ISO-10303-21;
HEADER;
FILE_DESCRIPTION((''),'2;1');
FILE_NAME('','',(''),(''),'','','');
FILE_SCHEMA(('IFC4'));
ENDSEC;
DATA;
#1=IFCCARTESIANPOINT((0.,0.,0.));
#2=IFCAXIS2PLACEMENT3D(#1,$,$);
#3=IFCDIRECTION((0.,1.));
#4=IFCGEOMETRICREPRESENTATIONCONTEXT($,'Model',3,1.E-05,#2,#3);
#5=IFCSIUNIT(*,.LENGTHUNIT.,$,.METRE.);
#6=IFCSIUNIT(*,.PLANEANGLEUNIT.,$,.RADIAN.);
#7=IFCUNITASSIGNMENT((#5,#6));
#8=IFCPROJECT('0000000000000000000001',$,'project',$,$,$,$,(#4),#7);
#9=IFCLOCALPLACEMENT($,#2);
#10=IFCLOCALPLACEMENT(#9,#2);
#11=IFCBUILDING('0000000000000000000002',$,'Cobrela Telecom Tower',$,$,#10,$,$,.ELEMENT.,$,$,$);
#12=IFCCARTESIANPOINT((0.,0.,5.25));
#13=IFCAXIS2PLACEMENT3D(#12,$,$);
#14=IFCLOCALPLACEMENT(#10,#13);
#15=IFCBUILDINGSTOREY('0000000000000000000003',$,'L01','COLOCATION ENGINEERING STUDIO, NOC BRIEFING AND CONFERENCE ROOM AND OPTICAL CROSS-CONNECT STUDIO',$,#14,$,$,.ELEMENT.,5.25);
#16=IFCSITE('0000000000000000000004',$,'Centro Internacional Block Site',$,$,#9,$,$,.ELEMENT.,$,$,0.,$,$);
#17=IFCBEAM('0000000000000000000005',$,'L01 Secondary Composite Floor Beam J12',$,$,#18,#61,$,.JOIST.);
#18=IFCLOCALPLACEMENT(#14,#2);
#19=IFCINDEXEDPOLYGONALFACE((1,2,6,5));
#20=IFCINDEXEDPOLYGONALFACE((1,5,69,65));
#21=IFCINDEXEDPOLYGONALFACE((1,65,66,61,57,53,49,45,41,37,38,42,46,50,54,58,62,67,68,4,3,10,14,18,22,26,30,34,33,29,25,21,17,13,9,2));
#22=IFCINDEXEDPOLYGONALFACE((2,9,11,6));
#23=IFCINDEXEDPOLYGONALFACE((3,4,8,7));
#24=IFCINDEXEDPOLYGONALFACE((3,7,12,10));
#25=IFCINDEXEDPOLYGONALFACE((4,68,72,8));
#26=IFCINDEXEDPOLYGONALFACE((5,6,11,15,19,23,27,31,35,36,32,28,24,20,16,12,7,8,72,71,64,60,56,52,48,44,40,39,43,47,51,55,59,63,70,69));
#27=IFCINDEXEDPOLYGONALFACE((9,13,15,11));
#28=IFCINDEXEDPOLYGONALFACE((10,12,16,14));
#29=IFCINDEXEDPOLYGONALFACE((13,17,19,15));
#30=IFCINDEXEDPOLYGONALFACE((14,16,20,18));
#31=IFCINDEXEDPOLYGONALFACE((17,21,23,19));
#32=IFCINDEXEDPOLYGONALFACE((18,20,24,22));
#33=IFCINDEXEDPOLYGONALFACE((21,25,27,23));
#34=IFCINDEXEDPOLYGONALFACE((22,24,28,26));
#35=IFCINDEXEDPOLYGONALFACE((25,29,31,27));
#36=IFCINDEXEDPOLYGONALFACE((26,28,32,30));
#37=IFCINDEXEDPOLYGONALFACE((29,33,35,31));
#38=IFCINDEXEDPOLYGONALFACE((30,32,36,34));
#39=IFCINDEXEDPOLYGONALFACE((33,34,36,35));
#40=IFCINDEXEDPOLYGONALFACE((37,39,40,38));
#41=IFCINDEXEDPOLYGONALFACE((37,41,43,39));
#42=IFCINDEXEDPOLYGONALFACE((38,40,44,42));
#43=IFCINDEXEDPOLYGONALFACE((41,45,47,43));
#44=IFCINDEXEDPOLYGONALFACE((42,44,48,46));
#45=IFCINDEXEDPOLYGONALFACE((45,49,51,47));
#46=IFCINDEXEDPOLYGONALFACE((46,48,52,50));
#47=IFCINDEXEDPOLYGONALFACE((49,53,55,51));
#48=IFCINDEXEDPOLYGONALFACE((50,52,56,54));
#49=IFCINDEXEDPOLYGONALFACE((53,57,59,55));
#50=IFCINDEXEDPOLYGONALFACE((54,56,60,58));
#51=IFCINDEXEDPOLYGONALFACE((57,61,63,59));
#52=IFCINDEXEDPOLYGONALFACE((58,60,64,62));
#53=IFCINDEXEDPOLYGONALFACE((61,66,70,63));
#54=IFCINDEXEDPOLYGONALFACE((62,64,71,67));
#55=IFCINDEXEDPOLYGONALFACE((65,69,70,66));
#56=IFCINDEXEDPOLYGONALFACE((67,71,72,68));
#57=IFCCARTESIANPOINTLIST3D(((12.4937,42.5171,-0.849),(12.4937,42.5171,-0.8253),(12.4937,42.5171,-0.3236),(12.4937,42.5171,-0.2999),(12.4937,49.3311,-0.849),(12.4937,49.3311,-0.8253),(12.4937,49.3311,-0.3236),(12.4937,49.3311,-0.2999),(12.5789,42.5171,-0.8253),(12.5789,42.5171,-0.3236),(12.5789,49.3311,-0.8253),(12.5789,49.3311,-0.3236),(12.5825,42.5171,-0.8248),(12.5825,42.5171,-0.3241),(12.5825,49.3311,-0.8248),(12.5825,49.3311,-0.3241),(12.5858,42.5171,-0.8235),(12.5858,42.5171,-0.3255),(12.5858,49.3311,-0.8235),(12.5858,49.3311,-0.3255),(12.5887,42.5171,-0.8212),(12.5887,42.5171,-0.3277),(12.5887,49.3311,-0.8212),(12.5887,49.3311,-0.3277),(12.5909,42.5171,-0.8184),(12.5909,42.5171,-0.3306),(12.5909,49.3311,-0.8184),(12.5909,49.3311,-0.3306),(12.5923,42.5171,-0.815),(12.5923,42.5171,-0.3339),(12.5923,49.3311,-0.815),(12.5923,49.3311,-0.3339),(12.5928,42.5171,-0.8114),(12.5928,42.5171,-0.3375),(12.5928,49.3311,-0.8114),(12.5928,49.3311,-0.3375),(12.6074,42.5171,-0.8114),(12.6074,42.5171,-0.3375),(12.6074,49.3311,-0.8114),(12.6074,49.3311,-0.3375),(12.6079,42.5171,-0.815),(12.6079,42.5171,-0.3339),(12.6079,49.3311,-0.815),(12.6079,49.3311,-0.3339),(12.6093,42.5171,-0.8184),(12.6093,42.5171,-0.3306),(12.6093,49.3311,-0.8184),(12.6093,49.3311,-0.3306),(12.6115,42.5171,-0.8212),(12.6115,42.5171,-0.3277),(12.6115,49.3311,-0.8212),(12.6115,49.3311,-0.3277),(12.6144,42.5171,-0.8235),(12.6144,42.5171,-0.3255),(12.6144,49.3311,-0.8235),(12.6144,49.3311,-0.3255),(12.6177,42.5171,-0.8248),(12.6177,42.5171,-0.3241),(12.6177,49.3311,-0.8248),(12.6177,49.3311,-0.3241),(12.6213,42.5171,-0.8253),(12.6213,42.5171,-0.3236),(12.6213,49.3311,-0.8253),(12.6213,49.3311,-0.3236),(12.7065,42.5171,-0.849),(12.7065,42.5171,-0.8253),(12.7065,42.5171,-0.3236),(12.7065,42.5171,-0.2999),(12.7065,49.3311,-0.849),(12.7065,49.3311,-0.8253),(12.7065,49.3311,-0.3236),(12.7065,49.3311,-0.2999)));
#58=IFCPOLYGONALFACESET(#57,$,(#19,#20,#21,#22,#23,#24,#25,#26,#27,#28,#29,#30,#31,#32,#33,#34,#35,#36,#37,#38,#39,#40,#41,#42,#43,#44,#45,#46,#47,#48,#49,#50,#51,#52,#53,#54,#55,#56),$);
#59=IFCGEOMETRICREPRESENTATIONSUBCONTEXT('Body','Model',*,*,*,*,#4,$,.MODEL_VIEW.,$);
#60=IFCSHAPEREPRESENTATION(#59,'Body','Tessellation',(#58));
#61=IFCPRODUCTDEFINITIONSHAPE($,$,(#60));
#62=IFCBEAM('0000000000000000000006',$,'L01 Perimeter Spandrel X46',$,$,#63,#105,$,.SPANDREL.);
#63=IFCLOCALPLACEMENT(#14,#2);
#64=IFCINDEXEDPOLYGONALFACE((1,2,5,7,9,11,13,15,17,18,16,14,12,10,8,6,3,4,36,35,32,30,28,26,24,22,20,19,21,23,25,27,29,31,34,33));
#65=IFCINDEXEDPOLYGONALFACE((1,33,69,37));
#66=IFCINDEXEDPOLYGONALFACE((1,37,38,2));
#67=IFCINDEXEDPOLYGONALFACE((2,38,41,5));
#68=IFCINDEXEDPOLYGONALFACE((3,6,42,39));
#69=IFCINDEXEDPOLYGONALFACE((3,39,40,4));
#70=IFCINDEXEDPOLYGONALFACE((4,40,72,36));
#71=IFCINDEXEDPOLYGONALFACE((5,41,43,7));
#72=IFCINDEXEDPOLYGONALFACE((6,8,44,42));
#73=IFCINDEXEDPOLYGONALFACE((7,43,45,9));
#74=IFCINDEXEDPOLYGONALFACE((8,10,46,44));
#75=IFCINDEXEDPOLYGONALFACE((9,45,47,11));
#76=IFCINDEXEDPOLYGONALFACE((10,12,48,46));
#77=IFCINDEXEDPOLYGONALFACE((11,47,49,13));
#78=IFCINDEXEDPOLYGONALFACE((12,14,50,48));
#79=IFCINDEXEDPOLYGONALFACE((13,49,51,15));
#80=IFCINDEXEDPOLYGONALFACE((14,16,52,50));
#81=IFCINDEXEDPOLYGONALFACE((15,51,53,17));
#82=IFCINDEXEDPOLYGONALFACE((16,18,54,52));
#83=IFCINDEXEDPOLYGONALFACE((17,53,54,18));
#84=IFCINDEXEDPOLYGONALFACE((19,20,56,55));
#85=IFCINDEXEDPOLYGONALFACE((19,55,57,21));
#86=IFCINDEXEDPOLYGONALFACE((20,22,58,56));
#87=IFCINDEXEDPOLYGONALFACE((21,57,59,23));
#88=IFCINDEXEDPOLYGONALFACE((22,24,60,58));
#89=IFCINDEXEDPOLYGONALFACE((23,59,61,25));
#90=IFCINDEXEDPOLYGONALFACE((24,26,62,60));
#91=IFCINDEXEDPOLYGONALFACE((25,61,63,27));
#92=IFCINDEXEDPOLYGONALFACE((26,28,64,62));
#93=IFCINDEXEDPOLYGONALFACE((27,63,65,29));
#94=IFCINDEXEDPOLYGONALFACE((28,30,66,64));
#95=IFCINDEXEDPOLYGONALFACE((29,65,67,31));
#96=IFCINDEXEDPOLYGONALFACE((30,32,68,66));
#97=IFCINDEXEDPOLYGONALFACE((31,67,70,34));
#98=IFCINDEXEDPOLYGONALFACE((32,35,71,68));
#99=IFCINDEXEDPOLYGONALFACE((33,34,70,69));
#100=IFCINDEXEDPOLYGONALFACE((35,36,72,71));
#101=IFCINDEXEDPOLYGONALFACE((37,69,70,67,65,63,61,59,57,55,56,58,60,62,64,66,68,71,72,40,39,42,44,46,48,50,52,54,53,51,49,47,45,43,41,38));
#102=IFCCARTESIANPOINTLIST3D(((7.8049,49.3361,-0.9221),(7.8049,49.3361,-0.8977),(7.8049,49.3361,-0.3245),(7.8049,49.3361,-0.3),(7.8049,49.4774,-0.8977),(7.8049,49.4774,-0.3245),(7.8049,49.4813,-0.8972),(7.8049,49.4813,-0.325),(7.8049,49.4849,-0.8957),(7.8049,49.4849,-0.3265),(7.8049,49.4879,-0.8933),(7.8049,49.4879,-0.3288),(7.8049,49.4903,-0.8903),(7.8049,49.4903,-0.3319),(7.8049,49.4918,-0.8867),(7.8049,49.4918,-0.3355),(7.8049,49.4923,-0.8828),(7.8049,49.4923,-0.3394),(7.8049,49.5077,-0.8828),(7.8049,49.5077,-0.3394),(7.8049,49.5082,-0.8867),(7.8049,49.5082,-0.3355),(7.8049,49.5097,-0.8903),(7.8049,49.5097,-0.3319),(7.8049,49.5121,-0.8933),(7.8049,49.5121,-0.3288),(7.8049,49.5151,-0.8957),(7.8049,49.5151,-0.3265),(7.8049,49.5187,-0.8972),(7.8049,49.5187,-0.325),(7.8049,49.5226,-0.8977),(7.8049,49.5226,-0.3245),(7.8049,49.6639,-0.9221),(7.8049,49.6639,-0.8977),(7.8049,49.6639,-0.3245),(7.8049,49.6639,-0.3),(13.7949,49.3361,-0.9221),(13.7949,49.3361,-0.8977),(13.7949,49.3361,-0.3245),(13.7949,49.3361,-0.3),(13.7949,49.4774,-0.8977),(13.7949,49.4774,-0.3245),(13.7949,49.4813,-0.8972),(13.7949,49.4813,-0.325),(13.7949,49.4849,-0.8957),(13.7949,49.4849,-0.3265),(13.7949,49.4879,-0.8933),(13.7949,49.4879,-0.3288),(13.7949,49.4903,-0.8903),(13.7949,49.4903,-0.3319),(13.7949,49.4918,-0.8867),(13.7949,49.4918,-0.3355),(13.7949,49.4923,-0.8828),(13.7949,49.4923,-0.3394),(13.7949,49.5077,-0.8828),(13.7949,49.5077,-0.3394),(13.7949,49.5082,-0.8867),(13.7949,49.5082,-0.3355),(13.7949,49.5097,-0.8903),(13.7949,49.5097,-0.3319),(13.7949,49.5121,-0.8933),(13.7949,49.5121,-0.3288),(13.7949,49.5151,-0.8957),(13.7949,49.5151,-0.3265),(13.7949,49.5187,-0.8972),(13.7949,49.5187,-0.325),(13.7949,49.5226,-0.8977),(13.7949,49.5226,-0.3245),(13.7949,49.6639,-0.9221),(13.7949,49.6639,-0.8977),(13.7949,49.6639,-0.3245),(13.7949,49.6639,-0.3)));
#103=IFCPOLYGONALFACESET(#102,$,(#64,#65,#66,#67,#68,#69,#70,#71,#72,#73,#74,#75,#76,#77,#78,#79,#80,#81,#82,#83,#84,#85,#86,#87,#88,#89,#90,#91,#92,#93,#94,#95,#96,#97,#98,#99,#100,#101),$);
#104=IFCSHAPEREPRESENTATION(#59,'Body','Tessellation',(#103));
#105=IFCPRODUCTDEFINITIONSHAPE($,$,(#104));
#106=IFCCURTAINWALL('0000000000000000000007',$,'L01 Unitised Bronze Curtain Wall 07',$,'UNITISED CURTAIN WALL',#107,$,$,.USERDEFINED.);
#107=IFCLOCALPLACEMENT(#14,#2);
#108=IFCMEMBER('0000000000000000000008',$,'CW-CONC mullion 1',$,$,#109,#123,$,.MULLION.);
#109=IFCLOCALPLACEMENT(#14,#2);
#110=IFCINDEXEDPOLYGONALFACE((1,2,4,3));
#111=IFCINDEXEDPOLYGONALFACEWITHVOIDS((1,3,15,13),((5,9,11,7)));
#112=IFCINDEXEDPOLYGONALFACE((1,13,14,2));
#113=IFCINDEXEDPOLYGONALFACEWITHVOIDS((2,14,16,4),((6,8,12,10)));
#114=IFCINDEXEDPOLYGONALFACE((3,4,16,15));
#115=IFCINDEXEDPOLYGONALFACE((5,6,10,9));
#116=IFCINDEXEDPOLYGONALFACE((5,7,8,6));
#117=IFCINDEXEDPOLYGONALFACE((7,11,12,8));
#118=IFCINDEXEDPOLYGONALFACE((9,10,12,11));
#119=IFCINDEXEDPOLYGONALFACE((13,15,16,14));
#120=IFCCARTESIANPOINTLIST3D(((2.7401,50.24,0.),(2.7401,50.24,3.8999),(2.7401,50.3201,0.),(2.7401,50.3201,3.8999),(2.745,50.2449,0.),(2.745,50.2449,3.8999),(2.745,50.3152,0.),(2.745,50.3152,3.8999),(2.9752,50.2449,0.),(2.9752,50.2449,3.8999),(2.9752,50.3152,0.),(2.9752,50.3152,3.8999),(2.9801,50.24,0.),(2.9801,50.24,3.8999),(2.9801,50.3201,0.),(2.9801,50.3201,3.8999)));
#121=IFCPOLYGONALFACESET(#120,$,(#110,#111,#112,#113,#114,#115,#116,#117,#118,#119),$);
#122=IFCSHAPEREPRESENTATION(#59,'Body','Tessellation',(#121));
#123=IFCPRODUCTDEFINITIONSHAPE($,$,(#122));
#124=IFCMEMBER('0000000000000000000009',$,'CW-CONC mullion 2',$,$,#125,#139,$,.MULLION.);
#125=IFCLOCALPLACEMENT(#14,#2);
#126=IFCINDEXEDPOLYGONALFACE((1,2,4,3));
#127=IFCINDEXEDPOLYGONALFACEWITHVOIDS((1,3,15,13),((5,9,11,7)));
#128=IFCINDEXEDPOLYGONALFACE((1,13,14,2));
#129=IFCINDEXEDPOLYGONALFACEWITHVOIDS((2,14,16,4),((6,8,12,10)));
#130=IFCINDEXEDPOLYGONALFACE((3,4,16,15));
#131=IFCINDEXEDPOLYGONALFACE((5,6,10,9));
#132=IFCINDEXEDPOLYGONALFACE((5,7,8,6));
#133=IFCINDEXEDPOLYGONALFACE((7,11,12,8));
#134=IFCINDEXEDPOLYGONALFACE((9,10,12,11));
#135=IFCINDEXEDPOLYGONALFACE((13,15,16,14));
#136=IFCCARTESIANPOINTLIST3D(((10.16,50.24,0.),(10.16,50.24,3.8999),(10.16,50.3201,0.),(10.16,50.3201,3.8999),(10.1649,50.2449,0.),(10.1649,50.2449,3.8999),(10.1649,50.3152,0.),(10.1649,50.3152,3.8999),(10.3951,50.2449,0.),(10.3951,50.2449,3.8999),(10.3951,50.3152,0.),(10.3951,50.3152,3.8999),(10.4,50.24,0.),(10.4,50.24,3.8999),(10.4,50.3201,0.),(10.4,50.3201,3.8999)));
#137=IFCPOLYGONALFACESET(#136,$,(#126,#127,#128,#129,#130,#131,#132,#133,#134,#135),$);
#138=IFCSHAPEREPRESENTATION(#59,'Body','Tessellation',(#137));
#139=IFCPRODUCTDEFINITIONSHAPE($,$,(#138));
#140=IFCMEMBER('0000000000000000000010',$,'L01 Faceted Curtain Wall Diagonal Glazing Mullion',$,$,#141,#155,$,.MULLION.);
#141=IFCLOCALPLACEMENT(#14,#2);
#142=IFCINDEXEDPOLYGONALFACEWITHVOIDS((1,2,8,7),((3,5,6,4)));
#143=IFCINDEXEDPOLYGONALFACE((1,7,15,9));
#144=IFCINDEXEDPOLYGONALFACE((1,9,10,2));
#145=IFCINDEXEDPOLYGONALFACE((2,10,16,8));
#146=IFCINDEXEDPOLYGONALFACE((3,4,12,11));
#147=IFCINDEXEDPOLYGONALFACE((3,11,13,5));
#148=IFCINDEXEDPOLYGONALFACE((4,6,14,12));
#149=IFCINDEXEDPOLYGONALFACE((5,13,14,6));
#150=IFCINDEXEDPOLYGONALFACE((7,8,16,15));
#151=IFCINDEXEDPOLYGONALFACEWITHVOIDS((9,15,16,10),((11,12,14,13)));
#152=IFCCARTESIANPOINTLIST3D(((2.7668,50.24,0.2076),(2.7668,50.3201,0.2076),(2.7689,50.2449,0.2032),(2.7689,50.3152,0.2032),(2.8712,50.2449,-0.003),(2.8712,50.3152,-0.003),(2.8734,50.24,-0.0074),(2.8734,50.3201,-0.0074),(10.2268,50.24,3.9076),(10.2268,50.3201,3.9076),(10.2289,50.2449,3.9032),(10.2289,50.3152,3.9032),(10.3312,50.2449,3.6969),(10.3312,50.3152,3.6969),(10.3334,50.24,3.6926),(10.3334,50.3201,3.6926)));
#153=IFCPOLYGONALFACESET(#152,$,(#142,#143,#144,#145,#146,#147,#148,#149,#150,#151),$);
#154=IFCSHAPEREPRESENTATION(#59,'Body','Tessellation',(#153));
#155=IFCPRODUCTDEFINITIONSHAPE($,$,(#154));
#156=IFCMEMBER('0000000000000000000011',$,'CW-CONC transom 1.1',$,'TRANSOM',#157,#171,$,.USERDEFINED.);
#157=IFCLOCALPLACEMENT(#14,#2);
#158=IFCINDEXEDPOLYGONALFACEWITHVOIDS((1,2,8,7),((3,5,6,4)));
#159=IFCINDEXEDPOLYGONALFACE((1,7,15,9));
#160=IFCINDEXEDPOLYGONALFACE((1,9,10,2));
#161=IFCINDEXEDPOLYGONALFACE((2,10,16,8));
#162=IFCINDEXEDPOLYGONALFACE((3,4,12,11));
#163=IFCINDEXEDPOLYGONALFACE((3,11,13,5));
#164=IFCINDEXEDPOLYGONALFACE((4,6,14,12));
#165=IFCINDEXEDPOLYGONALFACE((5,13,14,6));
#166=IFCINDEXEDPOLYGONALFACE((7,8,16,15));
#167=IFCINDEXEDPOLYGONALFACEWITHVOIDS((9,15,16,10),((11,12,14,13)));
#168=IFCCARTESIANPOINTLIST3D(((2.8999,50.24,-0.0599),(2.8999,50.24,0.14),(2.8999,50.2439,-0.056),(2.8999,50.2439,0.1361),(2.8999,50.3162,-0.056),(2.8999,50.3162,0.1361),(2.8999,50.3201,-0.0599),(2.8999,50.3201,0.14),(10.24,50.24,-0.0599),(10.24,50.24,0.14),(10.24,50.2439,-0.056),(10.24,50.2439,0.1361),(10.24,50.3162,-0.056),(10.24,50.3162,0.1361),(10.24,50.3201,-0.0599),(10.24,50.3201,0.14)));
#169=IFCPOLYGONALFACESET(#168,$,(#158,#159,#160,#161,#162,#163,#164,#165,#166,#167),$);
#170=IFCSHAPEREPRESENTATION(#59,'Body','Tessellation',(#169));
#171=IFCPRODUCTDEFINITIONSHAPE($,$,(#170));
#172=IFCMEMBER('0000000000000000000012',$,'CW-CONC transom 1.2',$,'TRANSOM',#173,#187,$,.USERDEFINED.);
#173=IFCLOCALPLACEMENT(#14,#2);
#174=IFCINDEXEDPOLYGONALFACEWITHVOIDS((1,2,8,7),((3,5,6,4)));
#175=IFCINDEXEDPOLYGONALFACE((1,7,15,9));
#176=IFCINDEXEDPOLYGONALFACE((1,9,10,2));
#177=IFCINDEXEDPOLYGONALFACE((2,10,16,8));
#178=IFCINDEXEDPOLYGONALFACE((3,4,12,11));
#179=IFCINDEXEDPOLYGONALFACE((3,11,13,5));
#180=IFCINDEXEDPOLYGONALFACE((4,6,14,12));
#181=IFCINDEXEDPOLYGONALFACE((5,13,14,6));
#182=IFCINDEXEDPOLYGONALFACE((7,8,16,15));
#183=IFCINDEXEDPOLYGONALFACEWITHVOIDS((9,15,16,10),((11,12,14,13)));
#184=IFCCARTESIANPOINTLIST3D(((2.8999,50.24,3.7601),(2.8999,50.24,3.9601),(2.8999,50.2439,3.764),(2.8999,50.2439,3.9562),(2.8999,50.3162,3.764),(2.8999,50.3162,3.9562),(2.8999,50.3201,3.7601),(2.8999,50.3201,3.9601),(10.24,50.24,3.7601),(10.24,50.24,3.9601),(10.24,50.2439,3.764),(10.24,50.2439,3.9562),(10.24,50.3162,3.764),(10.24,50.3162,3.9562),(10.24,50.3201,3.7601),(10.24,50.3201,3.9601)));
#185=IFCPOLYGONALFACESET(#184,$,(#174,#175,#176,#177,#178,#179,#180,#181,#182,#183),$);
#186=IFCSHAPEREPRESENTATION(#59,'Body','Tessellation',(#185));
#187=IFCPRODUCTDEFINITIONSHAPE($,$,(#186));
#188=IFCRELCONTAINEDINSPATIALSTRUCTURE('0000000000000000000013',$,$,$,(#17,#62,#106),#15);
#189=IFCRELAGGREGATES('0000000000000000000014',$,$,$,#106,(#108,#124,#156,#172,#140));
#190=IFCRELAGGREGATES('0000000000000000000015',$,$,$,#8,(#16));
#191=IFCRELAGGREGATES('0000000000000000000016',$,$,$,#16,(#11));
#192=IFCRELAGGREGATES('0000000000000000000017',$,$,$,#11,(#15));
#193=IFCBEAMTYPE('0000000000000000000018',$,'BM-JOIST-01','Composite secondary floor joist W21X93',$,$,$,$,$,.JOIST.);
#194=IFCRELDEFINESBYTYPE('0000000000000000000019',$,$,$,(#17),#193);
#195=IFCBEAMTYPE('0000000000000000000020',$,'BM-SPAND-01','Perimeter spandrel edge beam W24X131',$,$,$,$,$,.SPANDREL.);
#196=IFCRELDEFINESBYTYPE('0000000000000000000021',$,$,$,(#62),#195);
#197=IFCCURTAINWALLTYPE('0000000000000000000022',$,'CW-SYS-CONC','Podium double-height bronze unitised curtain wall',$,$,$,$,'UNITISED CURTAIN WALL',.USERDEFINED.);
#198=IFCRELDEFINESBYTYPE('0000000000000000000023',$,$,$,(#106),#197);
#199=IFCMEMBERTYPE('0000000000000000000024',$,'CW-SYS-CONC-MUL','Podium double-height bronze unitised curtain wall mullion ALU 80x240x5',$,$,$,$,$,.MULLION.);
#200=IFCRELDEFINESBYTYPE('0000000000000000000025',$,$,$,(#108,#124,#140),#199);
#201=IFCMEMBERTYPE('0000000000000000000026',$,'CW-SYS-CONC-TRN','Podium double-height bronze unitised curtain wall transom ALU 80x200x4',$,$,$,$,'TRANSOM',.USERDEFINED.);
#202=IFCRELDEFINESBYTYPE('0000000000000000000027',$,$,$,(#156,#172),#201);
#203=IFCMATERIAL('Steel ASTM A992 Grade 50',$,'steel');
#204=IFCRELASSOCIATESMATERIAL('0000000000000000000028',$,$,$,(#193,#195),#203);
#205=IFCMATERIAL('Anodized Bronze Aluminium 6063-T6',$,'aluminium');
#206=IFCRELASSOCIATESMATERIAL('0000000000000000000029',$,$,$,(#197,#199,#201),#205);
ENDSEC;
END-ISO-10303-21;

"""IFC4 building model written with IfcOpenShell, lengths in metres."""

from ifc_helpers import new_model, si_unit, direction, frame, origin, origin_2d, place, context, subcontext, project, spatial, hollow_rectangle, i_section, extrude, material, material_profile, profile_set, type_object, element, aggregate, save


model = new_model("IFC4")

# Units and contexts
model_context = context("Model", 3, precision=1e-05, world=origin(), true_north=direction((0.0, 1.0)))
body_context = subcontext(model_context, "Body", "Model", "MODEL_VIEW")
ifc_project = project(units=[si_unit("LENGTHUNIT", "METRE"), si_unit("PLANEANGLEUNIT", "RADIAN")], contexts=[model_context])

# Site, building, storey
site_placement = place(None, origin())
site = spatial("IfcSite", under=ifc_project, at=site_placement, Name="Centro Internacional Block Site", CompositionType="ELEMENT", RefElevation=0.0)
building_placement = place(site_placement, origin())
building = spatial("IfcBuilding", under=site, at=building_placement, Name="Cobrela Telecom Tower", CompositionType="ELEMENT")
storey_placement = place(building_placement, frame((0.0, 0.0, 5.25)))
storey = spatial("IfcBuildingStorey", under=building, at=storey_placement, Name="L01", Description="COLOCATION ENGINEERING STUDIO, NOC BRIEFING AND CONFERENCE ROOM AND OPTICAL CROSS-CONNECT STUDIO", CompositionType="ELEMENT", Elevation=5.25)

# Beams
ifc_material_1 = material(Name="Steel ASTM A992 Grade 50", Category="steel")
ifc_material_profile_1 = material_profile(ifc_material_1, i_section(OverallWidth=0.2129, OverallDepth=0.5491, WebThickness=0.0146, FlangeThickness=0.0237, FilletRadius=0.0139, at=origin_2d()), Name="W21X93")
ifc_profile_set_1 = profile_set([ifc_material_profile_1], Name="Steel ASTM A992 Grade 50")
beam_type_1 = type_object("IfcBeamType", Name="BM-JOIST-01", Description="Composite secondary floor joist W21X93", PredefinedType="JOIST", material=ifc_profile_set_1)
beam_1_placement = place(storey_placement, frame((12.6001, 42.5171, -0.5745), z_axis=(0.0, 1.0, 0.0), x_axis=(-1.0, 0.0, 0.0)))
element("IfcBeam", 1, at=beam_1_placement, inside=storey, type_object=beam_type_1, Name="L01 Secondary Composite Floor Beam J12", PredefinedType="JOIST", context=body_context, shape_type="SweptSolid", body=[
    extrude(i_section(OverallWidth=0.2129, OverallDepth=0.5491, WebThickness=0.0146, FlangeThickness=0.0237, FilletRadius=0.0139, at=origin_2d()), origin(), (0.0, 0.0, 1.0), 6.814),
])
ifc_material_profile_2 = material_profile(ifc_material_1, i_section(OverallWidth=0.3279, OverallDepth=0.6221, WebThickness=0.0154, FlangeThickness=0.0244, FilletRadius=0.0149, at=origin_2d()), Name="W24X131")
ifc_profile_set_2 = profile_set([ifc_material_profile_2], Name="Steel ASTM A992 Grade 50")
beam_type_2 = type_object("IfcBeamType", Name="BM-SPAND-01", Description="Perimeter spandrel edge beam W24X131", PredefinedType="SPANDREL", material=ifc_profile_set_2)
beam_2_placement = place(storey_placement, frame((7.8049, 49.5, -0.6111), z_axis=(1.0, 0.0, 0.0), x_axis=(0.0, 1.0, 0.0)))
element("IfcBeam", 2, at=beam_2_placement, inside=storey, type_object=beam_type_2, Name="L01 Perimeter Spandrel X46", PredefinedType="SPANDREL", context=body_context, shape_type="SweptSolid", body=[
    extrude(i_section(OverallWidth=0.3279, OverallDepth=0.6221, WebThickness=0.0154, FlangeThickness=0.0244, FilletRadius=0.0149, at=origin_2d()), origin(), (0.0, 0.0, 1.0), 5.99),
])

# Curtain wall, members
ifc_material_2 = material(Name="Anodized Bronze Aluminium 6063-T6", Category="aluminium")
curtain_wall_type = type_object("IfcCurtainWallType", Name="CW-SYS-CONC", Description="Podium double-height bronze unitised curtain wall", ElementType="UNITISED CURTAIN WALL", PredefinedType="USERDEFINED", material=ifc_material_2)
curtain_wall_placement = place(storey_placement, origin())
curtain_wall = element("IfcCurtainWall", 3, at=curtain_wall_placement, inside=storey, type_object=curtain_wall_type, Name="L01 Unitised Bronze Curtain Wall 07", ObjectType="UNITISED CURTAIN WALL", PredefinedType="USERDEFINED")
ifc_material_profile_3 = material_profile(ifc_material_2, hollow_rectangle(XDim=0.0801, YDim=0.24, WallThickness=0.0049, at=origin_2d()), Name="ALU 80x240x5")
ifc_profile_set_3 = profile_set([ifc_material_profile_3], Name="Anodized Bronze Aluminium 6063-T6")
member_type_1 = type_object("IfcMemberType", Name="CW-SYS-CONC-MUL", Description="Podium double-height bronze unitised curtain wall mullion ALU 80x240x5", PredefinedType="MULLION", material=ifc_profile_set_3)
member_1_placement = place(storey_placement, frame((2.8601, 50.28, 0.0), z_axis=(0.0, 0.0, 1.0), x_axis=(0.0, 1.0, 0.0)))
member_1 = element("IfcMember", 4, at=member_1_placement, type_object=member_type_1, Name="CW-CONC mullion 1", PredefinedType="MULLION", context=body_context, shape_type="SweptSolid", body=[
    extrude(hollow_rectangle(XDim=0.0801, YDim=0.24, WallThickness=0.0049, at=origin_2d()), origin(), (0.0, 0.0, 1.0), 3.8999),
])
member_2_placement = place(storey_placement, frame((10.28, 50.28, 0.0), z_axis=(0.0, 0.0, 1.0), x_axis=(0.0, 1.0, 0.0)))
member_2 = element("IfcMember", 5, at=member_2_placement, type_object=member_type_1, Name="CW-CONC mullion 2", PredefinedType="MULLION", context=body_context, shape_type="SweptSolid", body=[
    extrude(hollow_rectangle(XDim=0.0801, YDim=0.24, WallThickness=0.0049, at=origin_2d()), origin(), (0.0, 0.0, 1.0), 3.8999),
])
member_3_placement = place(storey_placement, frame((2.8201, 50.28, 0.1001), z_axis=(0.895865, 0.0, 0.444326), x_axis=(0.0, 1.0, 0.0)))
member_3 = element("IfcMember", 6, at=member_3_placement, type_object=member_type_1, Name="L01 Faceted Curtain Wall Diagonal Glazing Mullion", PredefinedType="MULLION", context=body_context, shape_type="SweptSolid", body=[
    extrude(hollow_rectangle(XDim=0.0801, YDim=0.24, WallThickness=0.0049, at=origin_2d()), origin(), (0.0, 0.0, 1.0), 8.3271),
])
ifc_material_profile_4 = material_profile(ifc_material_2, hollow_rectangle(XDim=0.0801, YDim=0.2, WallThickness=0.0039, at=origin_2d()), Name="ALU 80x200x4")
ifc_profile_set_4 = profile_set([ifc_material_profile_4], Name="Anodized Bronze Aluminium 6063-T6")
member_type_2 = type_object("IfcMemberType", Name="CW-SYS-CONC-TRN", Description="Podium double-height bronze unitised curtain wall transom ALU 80x200x4", ElementType="TRANSOM", PredefinedType="USERDEFINED", material=ifc_profile_set_4)
member_4_placement = place(storey_placement, frame((2.8999, 50.28, 0.04), z_axis=(1.0, 0.0, 0.0), x_axis=(0.0, 1.0, 0.0)))
member_4 = element("IfcMember", 7, at=member_4_placement, type_object=member_type_2, Name="CW-CONC transom 1.1", ObjectType="TRANSOM", PredefinedType="USERDEFINED", context=body_context, shape_type="SweptSolid", body=[
    extrude(hollow_rectangle(XDim=0.0801, YDim=0.2, WallThickness=0.0039, at=origin_2d()), origin(), (0.0, 0.0, 1.0), 7.3401),
])
member_5_placement = place(storey_placement, frame((2.8999, 50.28, 3.8601), z_axis=(1.0, 0.0, 0.0), x_axis=(0.0, 1.0, 0.0)))
member_5 = element("IfcMember", 8, at=member_5_placement, type_object=member_type_2, Name="CW-CONC transom 1.2", ObjectType="TRANSOM", PredefinedType="USERDEFINED", context=body_context, shape_type="SweptSolid", body=[
    extrude(hollow_rectangle(XDim=0.0801, YDim=0.2, WallThickness=0.0039, at=origin_2d()), origin(), (0.0, 0.0, 1.0), 7.3401),
])
aggregate(curtain_wall, [member_1, member_2, member_4, member_5, member_3])

save(model, "model.ifc")
